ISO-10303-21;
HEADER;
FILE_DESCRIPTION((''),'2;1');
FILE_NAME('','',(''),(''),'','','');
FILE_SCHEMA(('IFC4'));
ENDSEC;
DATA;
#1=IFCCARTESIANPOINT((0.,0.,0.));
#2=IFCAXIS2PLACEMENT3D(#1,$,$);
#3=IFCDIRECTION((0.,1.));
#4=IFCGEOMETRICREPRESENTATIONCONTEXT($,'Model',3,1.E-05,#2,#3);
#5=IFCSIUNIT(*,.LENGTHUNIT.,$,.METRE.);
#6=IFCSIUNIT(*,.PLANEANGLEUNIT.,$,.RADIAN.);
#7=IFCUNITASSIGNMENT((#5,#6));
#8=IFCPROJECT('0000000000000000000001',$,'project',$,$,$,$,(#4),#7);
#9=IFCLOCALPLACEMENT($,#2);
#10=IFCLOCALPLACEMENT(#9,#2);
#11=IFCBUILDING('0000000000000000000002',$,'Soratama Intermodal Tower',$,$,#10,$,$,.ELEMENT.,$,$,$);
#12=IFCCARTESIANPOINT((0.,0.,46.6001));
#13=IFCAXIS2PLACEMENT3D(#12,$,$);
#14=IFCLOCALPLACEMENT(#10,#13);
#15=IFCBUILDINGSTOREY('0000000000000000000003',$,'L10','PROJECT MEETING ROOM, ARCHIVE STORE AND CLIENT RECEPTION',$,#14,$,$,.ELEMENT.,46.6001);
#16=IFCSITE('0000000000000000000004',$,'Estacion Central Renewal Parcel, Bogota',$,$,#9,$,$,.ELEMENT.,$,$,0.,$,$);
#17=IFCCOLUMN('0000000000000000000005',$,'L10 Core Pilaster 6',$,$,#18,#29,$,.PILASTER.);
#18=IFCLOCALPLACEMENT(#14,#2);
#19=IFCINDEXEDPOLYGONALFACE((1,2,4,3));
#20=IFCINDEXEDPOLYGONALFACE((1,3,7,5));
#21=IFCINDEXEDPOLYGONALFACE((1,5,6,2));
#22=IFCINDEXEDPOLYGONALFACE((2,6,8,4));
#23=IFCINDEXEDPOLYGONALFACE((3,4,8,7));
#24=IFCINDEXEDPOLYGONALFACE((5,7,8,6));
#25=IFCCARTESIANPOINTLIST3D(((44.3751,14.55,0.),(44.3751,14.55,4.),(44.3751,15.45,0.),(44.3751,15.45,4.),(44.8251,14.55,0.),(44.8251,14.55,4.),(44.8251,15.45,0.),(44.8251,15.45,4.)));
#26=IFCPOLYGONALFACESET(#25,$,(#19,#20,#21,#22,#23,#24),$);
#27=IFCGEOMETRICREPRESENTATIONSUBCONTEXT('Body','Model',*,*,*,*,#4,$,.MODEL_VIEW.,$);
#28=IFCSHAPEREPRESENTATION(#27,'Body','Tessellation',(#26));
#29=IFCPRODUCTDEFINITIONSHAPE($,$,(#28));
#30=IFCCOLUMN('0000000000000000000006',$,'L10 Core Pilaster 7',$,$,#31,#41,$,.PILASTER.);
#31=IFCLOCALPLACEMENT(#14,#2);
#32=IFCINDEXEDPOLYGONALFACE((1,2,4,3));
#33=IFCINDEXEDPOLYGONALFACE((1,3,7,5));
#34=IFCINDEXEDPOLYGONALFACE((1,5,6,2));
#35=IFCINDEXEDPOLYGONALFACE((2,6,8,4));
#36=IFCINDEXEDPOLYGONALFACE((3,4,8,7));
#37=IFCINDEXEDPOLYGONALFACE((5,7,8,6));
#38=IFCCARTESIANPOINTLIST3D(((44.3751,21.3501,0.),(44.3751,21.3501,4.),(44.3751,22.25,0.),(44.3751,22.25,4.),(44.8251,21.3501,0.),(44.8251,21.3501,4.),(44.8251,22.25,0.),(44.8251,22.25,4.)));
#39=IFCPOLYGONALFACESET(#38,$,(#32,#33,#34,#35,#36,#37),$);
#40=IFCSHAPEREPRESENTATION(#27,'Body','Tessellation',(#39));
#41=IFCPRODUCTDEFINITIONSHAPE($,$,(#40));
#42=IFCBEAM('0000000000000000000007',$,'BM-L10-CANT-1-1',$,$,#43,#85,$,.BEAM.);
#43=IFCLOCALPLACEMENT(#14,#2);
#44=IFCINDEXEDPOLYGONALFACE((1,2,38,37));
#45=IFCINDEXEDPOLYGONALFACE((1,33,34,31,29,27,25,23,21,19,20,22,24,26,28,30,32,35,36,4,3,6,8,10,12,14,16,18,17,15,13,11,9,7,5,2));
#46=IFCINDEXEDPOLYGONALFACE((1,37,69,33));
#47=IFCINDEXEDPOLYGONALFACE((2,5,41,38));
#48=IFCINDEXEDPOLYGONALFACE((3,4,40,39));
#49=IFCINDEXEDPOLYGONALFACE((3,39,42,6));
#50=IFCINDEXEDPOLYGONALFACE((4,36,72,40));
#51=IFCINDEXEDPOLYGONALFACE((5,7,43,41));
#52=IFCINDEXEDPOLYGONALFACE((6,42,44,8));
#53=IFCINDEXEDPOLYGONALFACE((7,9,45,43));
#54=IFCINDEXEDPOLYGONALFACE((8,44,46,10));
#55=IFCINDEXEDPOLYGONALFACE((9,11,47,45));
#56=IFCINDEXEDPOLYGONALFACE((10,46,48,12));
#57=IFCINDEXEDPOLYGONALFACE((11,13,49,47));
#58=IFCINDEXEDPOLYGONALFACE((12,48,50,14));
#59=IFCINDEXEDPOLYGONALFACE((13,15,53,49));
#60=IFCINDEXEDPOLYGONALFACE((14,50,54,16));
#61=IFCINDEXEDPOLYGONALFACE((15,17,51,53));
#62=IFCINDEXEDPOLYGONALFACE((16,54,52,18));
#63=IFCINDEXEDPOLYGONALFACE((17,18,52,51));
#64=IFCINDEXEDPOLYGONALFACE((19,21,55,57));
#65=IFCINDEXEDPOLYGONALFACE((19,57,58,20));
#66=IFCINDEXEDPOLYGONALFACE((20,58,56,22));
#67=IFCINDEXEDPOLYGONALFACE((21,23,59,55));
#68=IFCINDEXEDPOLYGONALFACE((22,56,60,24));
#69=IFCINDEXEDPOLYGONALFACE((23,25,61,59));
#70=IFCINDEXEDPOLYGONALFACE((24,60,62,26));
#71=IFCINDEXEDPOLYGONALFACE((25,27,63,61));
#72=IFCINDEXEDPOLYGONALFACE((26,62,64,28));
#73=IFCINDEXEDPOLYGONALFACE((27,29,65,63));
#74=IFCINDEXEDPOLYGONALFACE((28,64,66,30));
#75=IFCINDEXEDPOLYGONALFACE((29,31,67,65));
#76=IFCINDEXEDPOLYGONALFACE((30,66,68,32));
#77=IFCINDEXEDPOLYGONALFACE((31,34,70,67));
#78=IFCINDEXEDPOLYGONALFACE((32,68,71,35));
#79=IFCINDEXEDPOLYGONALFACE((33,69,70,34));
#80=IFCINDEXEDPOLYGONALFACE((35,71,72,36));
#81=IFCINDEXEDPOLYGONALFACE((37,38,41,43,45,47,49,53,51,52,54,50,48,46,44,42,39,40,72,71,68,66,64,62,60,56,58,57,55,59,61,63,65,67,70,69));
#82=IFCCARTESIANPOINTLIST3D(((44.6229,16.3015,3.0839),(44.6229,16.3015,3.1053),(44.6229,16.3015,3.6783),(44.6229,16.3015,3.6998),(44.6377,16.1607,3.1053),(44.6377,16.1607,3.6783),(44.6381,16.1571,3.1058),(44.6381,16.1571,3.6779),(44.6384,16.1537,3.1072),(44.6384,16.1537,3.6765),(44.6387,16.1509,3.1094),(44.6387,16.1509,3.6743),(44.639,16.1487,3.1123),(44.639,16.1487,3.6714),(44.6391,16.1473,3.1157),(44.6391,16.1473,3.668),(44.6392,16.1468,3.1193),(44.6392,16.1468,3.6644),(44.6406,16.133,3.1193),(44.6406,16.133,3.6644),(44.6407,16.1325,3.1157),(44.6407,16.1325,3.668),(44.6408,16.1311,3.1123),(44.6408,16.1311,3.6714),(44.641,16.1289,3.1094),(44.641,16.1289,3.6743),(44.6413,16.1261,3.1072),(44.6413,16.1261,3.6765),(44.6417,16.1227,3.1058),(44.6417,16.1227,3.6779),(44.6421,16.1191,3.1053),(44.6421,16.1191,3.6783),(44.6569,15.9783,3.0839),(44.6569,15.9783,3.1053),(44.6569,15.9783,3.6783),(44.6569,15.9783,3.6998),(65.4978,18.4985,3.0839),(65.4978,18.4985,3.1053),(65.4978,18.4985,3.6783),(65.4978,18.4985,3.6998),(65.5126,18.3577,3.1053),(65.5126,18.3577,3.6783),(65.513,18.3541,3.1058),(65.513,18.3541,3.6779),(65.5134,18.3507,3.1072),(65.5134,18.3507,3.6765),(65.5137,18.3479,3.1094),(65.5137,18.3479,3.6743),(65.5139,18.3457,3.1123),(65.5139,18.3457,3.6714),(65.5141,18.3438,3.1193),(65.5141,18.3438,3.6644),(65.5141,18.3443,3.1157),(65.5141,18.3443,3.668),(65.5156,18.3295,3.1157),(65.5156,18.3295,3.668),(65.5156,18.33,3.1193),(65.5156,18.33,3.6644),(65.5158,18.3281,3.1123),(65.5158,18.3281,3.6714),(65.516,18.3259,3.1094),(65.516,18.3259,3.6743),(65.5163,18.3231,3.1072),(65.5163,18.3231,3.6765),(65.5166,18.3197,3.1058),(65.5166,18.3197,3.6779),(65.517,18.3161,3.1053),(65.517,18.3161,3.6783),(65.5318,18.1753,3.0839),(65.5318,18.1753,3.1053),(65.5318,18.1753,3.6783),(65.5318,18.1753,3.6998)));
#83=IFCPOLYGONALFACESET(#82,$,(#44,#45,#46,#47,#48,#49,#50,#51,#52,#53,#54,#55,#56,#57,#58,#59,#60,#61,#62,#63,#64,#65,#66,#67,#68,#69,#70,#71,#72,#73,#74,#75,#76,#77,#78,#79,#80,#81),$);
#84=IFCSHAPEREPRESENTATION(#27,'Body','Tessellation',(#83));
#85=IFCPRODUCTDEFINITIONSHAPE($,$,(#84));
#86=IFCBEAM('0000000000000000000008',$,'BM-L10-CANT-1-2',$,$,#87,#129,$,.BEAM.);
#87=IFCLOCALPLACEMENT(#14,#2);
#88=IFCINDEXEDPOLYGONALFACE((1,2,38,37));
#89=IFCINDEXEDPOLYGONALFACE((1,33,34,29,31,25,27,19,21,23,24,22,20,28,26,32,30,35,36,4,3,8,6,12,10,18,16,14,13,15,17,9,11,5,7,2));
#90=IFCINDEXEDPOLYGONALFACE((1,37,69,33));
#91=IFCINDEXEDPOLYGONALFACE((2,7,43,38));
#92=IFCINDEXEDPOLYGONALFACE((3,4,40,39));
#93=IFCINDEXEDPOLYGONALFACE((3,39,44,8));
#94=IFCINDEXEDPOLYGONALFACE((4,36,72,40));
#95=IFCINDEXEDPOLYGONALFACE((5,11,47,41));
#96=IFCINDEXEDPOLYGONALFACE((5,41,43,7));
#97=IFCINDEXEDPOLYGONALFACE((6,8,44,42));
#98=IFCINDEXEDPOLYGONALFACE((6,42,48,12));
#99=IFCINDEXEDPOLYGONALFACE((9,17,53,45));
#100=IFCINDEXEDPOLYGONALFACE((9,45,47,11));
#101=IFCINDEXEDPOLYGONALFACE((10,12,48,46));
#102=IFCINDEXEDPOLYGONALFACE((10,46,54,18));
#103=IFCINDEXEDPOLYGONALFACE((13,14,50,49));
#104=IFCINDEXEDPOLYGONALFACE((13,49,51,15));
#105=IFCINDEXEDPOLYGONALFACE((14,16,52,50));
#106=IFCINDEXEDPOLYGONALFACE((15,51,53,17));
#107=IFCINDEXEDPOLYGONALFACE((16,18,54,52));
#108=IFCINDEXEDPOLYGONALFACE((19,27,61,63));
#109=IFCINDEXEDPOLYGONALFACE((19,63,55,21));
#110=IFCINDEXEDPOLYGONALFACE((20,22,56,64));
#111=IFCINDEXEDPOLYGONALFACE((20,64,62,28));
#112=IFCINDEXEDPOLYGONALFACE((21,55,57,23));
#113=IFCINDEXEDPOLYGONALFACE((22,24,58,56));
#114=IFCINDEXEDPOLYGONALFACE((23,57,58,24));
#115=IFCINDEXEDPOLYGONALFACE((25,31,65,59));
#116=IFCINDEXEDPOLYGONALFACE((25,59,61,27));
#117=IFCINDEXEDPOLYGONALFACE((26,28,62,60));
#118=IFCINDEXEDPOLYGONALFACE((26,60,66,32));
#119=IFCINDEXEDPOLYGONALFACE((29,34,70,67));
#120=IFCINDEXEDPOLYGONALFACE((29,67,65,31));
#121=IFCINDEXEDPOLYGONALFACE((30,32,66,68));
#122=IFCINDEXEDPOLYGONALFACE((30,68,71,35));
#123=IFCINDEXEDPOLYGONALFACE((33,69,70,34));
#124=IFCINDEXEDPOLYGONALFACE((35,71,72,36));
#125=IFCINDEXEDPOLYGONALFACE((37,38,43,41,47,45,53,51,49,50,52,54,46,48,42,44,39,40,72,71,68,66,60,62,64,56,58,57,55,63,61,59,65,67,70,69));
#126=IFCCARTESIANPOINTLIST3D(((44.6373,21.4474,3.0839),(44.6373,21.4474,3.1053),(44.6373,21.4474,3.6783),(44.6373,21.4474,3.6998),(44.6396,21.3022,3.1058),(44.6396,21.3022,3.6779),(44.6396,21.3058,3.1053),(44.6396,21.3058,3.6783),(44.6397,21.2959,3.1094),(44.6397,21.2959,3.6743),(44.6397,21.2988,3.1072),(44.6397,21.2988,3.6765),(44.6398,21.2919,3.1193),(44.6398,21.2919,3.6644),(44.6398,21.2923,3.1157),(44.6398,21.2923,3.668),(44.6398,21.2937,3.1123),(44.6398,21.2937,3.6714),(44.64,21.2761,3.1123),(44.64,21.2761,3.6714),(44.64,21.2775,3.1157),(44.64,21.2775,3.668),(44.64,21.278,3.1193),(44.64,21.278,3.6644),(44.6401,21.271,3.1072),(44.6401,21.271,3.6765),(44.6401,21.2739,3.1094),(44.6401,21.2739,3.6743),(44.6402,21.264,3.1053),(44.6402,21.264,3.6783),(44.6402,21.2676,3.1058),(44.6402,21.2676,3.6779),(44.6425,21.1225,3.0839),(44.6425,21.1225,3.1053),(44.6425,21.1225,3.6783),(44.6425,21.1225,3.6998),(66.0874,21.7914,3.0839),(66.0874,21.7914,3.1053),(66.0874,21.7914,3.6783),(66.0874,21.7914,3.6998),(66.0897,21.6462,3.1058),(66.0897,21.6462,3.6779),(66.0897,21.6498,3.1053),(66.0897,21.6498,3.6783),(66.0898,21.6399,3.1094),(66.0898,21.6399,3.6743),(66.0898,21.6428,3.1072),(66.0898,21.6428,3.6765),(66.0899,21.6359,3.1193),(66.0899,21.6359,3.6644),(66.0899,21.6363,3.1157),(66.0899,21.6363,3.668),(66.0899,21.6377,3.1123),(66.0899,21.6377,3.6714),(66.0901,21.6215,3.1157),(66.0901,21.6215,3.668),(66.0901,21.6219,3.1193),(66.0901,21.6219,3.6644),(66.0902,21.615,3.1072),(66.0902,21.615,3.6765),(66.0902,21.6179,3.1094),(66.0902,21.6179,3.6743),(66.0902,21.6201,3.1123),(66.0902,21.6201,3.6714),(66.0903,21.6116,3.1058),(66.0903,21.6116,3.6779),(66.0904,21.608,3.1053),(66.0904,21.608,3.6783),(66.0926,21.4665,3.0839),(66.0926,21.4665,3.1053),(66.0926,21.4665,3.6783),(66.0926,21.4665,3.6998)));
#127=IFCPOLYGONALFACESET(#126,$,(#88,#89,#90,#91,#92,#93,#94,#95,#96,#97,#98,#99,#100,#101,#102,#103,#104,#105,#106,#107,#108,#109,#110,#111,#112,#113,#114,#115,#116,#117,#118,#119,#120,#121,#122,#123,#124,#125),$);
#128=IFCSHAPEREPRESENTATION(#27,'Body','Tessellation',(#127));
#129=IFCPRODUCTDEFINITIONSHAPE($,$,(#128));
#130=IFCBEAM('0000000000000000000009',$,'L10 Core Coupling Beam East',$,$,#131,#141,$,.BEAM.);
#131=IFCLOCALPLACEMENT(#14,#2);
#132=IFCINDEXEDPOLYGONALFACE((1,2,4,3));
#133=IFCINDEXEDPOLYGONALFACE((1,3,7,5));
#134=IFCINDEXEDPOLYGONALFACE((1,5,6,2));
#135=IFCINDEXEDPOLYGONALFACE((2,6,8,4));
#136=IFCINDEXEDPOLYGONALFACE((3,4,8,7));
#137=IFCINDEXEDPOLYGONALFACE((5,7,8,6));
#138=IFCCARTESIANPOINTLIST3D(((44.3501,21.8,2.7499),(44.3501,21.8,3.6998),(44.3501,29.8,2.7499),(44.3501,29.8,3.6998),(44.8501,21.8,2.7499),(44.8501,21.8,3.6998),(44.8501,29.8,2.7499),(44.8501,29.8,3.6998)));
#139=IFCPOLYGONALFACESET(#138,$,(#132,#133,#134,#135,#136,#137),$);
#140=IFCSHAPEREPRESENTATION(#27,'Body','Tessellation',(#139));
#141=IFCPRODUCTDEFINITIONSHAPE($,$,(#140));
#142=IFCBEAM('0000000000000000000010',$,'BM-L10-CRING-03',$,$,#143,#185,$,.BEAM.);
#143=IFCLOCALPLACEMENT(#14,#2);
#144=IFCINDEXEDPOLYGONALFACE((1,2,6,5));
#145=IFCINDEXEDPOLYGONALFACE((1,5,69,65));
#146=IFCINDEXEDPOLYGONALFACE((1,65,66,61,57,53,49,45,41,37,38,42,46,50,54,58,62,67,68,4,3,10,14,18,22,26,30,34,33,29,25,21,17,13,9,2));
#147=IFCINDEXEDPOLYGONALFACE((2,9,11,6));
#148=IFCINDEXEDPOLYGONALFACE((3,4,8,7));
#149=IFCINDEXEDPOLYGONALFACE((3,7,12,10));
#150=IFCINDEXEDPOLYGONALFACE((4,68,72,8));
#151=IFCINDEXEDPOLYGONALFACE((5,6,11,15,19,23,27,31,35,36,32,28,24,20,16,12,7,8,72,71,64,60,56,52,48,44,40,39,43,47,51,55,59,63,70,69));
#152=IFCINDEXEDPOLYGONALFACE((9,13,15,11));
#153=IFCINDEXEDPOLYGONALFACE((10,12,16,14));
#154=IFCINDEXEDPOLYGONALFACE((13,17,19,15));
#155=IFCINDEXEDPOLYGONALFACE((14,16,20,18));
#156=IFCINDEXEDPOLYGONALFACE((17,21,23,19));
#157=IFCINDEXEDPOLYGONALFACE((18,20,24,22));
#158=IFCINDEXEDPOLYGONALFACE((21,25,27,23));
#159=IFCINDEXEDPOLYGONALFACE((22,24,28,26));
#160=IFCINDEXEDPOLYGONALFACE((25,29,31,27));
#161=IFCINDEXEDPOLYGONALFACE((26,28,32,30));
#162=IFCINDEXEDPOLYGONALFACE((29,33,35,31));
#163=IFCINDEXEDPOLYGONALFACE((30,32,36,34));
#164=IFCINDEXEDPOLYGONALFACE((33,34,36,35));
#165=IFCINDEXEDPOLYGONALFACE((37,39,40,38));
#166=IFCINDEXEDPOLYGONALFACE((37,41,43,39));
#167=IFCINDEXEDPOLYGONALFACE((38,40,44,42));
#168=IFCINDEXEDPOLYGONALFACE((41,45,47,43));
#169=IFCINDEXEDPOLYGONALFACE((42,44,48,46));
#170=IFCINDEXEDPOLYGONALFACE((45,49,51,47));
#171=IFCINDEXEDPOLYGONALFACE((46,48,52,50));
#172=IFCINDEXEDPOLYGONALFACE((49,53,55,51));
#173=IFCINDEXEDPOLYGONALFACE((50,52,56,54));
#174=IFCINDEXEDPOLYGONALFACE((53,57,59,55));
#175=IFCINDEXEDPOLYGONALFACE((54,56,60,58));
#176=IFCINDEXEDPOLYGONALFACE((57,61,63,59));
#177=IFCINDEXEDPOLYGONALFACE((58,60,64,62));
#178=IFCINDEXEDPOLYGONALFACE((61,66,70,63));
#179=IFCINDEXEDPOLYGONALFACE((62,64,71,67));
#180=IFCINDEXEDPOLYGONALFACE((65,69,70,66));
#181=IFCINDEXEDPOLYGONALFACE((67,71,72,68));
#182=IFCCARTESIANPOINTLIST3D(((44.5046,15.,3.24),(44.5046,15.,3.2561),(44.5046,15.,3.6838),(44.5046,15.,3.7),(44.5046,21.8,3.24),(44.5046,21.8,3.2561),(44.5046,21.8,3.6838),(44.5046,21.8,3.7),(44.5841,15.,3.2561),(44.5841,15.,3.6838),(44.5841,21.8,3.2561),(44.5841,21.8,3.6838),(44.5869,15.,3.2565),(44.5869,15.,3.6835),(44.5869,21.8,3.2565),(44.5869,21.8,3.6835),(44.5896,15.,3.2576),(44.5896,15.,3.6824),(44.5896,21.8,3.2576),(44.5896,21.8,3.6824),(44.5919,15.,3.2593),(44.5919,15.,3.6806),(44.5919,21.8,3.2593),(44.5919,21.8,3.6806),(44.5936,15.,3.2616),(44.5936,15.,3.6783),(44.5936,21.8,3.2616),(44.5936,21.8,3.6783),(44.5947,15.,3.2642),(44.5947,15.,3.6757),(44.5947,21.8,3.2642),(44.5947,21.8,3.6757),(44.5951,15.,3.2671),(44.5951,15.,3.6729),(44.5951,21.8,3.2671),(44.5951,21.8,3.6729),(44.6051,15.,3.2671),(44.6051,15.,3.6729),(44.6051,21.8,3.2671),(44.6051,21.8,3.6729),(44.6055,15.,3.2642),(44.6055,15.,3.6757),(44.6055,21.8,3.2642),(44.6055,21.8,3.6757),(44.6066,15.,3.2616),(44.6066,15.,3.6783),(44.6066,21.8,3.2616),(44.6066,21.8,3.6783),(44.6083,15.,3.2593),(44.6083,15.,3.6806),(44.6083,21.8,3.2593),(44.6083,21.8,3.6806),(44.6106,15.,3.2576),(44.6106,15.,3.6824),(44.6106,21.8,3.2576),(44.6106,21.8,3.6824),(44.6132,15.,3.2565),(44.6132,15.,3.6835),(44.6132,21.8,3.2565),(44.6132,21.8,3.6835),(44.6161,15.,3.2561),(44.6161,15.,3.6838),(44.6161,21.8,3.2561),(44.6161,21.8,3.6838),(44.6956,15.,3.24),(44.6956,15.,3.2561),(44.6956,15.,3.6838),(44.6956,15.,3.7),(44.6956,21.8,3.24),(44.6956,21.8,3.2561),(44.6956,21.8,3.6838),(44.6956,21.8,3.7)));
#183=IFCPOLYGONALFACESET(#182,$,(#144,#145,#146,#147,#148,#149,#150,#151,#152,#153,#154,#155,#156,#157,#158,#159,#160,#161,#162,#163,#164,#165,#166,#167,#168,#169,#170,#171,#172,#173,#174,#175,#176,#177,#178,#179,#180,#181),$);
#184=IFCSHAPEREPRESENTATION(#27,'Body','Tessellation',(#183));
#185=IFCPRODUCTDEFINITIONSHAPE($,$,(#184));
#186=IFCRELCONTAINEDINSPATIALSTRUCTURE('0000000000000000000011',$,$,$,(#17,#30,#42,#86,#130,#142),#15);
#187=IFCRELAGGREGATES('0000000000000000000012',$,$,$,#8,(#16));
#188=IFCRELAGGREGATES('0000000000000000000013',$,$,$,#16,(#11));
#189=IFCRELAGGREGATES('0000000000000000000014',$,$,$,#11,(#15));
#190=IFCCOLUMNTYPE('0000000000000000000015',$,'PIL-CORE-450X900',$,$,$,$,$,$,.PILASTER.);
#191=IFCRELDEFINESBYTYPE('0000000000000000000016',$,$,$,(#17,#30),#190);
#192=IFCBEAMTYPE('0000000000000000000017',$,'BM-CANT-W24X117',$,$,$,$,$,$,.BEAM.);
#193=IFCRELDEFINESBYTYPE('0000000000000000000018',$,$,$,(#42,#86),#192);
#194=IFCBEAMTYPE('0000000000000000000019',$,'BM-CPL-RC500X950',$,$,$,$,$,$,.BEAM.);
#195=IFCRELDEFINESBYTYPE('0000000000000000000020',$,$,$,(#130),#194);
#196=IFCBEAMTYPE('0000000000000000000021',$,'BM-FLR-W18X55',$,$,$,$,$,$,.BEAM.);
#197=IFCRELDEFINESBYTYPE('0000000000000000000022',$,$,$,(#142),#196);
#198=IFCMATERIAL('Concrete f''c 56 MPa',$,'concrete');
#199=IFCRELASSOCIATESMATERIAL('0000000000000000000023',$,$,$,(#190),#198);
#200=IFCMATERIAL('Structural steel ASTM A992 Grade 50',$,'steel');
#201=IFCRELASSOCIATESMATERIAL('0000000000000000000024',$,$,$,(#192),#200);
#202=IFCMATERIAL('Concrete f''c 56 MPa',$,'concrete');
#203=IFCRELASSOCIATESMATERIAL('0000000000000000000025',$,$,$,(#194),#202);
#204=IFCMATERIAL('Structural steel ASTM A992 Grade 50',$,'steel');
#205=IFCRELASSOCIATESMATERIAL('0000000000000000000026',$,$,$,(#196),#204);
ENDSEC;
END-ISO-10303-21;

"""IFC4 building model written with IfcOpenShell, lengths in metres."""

from ifc_helpers import new_model, si_unit, direction, frame, origin, origin_2d, place, context, subcontext, project, spatial, rectangle, i_section, extrude, material, material_profile, profile_set, type_object, element, save


model = new_model("IFC4")

# Units and contexts
model_context = context("Model", 3, precision=1e-05, world=origin(), true_north=direction((0.0, 1.0)))
body_context = subcontext(model_context, "Body", "Model", "MODEL_VIEW")
ifc_project = project(units=[si_unit("LENGTHUNIT", "METRE"), si_unit("PLANEANGLEUNIT", "RADIAN")], contexts=[model_context])

# Site, building, storey
site_placement = place(None, origin())
site = spatial("IfcSite", under=ifc_project, at=site_placement, Name="Estacion Central Renewal Parcel, Bogota", CompositionType="ELEMENT", RefElevation=0.0)
building_placement = place(site_placement, origin())
building = spatial("IfcBuilding", under=site, at=building_placement, Name="Soratama Intermodal Tower", CompositionType="ELEMENT")
storey_placement = place(building_placement, frame((0.0, 0.0, 46.6001)))
storey = spatial("IfcBuildingStorey", under=building, at=storey_placement, Name="L10", Description="PROJECT MEETING ROOM, ARCHIVE STORE AND CLIENT RECEPTION", CompositionType="ELEMENT", Elevation=46.6001)

# Columns
ifc_material_1 = material(Name="Concrete f'c 56 MPa", Category="concrete")
ifc_material_profile_1 = material_profile(ifc_material_1, rectangle(XDim=0.45, YDim=0.8999, at=origin_2d()), Name="RC450X900")
ifc_profile_set_1 = profile_set([ifc_material_profile_1], Name="Concrete f'c 56 MPa")
column_type = type_object("IfcColumnType", Name="PIL-CORE-450X900", PredefinedType="PILASTER", material=ifc_profile_set_1)
for number, where, z_axis, x_axis, name in (
    (1, (44.6001, 15.0, 0.0), (0.0, 0.0, 1.0), (1.0, 0.0, 0.0), "L10 Core Pilaster 6"),
    (2, (44.6001, 21.8, 0.0), (0.0, 0.0, 1.0), (1.0, 0.0, 0.0), "L10 Core Pilaster 7"),
):
    element("IfcColumn", number, at=place(storey_placement, frame(where, z_axis=z_axis, x_axis=x_axis)), inside=storey, type_object=column_type, Name=name, PredefinedType="PILASTER", context=body_context, shape_type="SweptSolid", body=[
        extrude(rectangle(XDim=0.45, YDim=0.8999, at=origin_2d()), origin(), (0.0, 0.0, 1.0), 4.0),
    ])

# Beams
ifc_material_2 = material(Name="Structural steel ASTM A992 Grade 50", Category="steel")
ifc_material_profile_2 = material_profile(ifc_material_2, i_section(OverallWidth=0.325, OverallDepth=0.616, WebThickness=0.0139, FlangeThickness=0.0215, FilletRadius=0.0139, at=origin_2d()), Name="W24X117")
ifc_profile_set_2 = profile_set([ifc_material_profile_2], Name="Structural steel ASTM A992 Grade 50")
beam_type_1 = type_object("IfcBeamType", Name="BM-CANT-W24X117", PredefinedType="BEAM", material=ifc_profile_set_2)
beam_1_placement = place(storey_placement, frame((44.6399, 16.1399, 3.3918), z_axis=(0.994507, 0.104668, 0.0), x_axis=(-0.104668, 0.994507, 0.0)))
element("IfcBeam", 3, at=beam_1_placement, inside=storey, type_object=beam_type_1, Name="BM-L10-CANT-1-1", PredefinedType="BEAM", context=body_context, shape_type="SweptSolid", body=[
    extrude(i_section(OverallWidth=0.325, OverallDepth=0.616, WebThickness=0.0139, FlangeThickness=0.0215, FilletRadius=0.0139, at=origin_2d()), origin(), (0.0, 0.0, 1.0), 20.9902),
])
beam_2_placement = place(storey_placement, frame((44.6399, 21.2849, 3.3918), z_axis=(0.999871, 0.016035, 0.0), x_axis=(-0.016035, 0.999871, 0.0)))
element("IfcBeam", 4, at=beam_2_placement, inside=storey, type_object=beam_type_1, Name="BM-L10-CANT-1-2", PredefinedType="BEAM", context=body_context, shape_type="SweptSolid", body=[
    extrude(i_section(OverallWidth=0.325, OverallDepth=0.616, WebThickness=0.0139, FlangeThickness=0.0215, FilletRadius=0.0139, at=origin_2d()), origin(), (0.0, 0.0, 1.0), 21.4529),
])
ifc_material_3 = material(Name="Concrete f'c 56 MPa", Category="concrete")
ifc_material_profile_3 = material_profile(ifc_material_3, rectangle(XDim=0.5, YDim=0.95, at=origin_2d()), Name="RC500X950")
ifc_profile_set_3 = profile_set([ifc_material_profile_3], Name="Concrete f'c 56 MPa")
beam_type_2 = type_object("IfcBeamType", Name="BM-CPL-RC500X950", PredefinedType="BEAM", material=ifc_profile_set_3)
beam_3_placement = place(storey_placement, frame((44.6001, 21.8, 3.2249), z_axis=(0.0, 1.0, 0.0), x_axis=(-1.0, 0.0, 0.0)))
element("IfcBeam", 5, at=beam_3_placement, inside=storey, type_object=beam_type_2, Name="L10 Core Coupling Beam East", PredefinedType="BEAM", context=body_context, shape_type="SweptSolid", body=[
    extrude(rectangle(XDim=0.5, YDim=0.95, at=origin_2d()), origin(), (0.0, 0.0, 1.0), 8.0),
])
ifc_material_4 = material(Name="Structural steel ASTM A992 Grade 50", Category="steel")
ifc_material_profile_4 = material_profile(ifc_material_4, i_section(OverallWidth=0.1909, OverallDepth=0.46, WebThickness=0.01, FlangeThickness=0.0161, FilletRadius=0.011, at=origin_2d()), Name="W18X55")
ifc_profile_set_4 = profile_set([ifc_material_profile_4], Name="Structural steel ASTM A992 Grade 50")
beam_type_3 = type_object("IfcBeamType", Name="BM-FLR-W18X55", PredefinedType="BEAM", material=ifc_profile_set_4)
beam_4_placement = place(storey_placement, frame((44.6001, 15.0, 3.47), z_axis=(0.0, 1.0, 0.0), x_axis=(-1.0, 0.0, 0.0)))
element("IfcBeam", 6, at=beam_4_placement, inside=storey, type_object=beam_type_3, Name="BM-L10-CRING-03", PredefinedType="BEAM", context=body_context, shape_type="SweptSolid", body=[
    extrude(i_section(OverallWidth=0.1909, OverallDepth=0.46, WebThickness=0.01, FlangeThickness=0.0161, FilletRadius=0.011, at=origin_2d()), origin(), (0.0, 0.0, 1.0), 6.8),
])

save(model, "model.ifc")
